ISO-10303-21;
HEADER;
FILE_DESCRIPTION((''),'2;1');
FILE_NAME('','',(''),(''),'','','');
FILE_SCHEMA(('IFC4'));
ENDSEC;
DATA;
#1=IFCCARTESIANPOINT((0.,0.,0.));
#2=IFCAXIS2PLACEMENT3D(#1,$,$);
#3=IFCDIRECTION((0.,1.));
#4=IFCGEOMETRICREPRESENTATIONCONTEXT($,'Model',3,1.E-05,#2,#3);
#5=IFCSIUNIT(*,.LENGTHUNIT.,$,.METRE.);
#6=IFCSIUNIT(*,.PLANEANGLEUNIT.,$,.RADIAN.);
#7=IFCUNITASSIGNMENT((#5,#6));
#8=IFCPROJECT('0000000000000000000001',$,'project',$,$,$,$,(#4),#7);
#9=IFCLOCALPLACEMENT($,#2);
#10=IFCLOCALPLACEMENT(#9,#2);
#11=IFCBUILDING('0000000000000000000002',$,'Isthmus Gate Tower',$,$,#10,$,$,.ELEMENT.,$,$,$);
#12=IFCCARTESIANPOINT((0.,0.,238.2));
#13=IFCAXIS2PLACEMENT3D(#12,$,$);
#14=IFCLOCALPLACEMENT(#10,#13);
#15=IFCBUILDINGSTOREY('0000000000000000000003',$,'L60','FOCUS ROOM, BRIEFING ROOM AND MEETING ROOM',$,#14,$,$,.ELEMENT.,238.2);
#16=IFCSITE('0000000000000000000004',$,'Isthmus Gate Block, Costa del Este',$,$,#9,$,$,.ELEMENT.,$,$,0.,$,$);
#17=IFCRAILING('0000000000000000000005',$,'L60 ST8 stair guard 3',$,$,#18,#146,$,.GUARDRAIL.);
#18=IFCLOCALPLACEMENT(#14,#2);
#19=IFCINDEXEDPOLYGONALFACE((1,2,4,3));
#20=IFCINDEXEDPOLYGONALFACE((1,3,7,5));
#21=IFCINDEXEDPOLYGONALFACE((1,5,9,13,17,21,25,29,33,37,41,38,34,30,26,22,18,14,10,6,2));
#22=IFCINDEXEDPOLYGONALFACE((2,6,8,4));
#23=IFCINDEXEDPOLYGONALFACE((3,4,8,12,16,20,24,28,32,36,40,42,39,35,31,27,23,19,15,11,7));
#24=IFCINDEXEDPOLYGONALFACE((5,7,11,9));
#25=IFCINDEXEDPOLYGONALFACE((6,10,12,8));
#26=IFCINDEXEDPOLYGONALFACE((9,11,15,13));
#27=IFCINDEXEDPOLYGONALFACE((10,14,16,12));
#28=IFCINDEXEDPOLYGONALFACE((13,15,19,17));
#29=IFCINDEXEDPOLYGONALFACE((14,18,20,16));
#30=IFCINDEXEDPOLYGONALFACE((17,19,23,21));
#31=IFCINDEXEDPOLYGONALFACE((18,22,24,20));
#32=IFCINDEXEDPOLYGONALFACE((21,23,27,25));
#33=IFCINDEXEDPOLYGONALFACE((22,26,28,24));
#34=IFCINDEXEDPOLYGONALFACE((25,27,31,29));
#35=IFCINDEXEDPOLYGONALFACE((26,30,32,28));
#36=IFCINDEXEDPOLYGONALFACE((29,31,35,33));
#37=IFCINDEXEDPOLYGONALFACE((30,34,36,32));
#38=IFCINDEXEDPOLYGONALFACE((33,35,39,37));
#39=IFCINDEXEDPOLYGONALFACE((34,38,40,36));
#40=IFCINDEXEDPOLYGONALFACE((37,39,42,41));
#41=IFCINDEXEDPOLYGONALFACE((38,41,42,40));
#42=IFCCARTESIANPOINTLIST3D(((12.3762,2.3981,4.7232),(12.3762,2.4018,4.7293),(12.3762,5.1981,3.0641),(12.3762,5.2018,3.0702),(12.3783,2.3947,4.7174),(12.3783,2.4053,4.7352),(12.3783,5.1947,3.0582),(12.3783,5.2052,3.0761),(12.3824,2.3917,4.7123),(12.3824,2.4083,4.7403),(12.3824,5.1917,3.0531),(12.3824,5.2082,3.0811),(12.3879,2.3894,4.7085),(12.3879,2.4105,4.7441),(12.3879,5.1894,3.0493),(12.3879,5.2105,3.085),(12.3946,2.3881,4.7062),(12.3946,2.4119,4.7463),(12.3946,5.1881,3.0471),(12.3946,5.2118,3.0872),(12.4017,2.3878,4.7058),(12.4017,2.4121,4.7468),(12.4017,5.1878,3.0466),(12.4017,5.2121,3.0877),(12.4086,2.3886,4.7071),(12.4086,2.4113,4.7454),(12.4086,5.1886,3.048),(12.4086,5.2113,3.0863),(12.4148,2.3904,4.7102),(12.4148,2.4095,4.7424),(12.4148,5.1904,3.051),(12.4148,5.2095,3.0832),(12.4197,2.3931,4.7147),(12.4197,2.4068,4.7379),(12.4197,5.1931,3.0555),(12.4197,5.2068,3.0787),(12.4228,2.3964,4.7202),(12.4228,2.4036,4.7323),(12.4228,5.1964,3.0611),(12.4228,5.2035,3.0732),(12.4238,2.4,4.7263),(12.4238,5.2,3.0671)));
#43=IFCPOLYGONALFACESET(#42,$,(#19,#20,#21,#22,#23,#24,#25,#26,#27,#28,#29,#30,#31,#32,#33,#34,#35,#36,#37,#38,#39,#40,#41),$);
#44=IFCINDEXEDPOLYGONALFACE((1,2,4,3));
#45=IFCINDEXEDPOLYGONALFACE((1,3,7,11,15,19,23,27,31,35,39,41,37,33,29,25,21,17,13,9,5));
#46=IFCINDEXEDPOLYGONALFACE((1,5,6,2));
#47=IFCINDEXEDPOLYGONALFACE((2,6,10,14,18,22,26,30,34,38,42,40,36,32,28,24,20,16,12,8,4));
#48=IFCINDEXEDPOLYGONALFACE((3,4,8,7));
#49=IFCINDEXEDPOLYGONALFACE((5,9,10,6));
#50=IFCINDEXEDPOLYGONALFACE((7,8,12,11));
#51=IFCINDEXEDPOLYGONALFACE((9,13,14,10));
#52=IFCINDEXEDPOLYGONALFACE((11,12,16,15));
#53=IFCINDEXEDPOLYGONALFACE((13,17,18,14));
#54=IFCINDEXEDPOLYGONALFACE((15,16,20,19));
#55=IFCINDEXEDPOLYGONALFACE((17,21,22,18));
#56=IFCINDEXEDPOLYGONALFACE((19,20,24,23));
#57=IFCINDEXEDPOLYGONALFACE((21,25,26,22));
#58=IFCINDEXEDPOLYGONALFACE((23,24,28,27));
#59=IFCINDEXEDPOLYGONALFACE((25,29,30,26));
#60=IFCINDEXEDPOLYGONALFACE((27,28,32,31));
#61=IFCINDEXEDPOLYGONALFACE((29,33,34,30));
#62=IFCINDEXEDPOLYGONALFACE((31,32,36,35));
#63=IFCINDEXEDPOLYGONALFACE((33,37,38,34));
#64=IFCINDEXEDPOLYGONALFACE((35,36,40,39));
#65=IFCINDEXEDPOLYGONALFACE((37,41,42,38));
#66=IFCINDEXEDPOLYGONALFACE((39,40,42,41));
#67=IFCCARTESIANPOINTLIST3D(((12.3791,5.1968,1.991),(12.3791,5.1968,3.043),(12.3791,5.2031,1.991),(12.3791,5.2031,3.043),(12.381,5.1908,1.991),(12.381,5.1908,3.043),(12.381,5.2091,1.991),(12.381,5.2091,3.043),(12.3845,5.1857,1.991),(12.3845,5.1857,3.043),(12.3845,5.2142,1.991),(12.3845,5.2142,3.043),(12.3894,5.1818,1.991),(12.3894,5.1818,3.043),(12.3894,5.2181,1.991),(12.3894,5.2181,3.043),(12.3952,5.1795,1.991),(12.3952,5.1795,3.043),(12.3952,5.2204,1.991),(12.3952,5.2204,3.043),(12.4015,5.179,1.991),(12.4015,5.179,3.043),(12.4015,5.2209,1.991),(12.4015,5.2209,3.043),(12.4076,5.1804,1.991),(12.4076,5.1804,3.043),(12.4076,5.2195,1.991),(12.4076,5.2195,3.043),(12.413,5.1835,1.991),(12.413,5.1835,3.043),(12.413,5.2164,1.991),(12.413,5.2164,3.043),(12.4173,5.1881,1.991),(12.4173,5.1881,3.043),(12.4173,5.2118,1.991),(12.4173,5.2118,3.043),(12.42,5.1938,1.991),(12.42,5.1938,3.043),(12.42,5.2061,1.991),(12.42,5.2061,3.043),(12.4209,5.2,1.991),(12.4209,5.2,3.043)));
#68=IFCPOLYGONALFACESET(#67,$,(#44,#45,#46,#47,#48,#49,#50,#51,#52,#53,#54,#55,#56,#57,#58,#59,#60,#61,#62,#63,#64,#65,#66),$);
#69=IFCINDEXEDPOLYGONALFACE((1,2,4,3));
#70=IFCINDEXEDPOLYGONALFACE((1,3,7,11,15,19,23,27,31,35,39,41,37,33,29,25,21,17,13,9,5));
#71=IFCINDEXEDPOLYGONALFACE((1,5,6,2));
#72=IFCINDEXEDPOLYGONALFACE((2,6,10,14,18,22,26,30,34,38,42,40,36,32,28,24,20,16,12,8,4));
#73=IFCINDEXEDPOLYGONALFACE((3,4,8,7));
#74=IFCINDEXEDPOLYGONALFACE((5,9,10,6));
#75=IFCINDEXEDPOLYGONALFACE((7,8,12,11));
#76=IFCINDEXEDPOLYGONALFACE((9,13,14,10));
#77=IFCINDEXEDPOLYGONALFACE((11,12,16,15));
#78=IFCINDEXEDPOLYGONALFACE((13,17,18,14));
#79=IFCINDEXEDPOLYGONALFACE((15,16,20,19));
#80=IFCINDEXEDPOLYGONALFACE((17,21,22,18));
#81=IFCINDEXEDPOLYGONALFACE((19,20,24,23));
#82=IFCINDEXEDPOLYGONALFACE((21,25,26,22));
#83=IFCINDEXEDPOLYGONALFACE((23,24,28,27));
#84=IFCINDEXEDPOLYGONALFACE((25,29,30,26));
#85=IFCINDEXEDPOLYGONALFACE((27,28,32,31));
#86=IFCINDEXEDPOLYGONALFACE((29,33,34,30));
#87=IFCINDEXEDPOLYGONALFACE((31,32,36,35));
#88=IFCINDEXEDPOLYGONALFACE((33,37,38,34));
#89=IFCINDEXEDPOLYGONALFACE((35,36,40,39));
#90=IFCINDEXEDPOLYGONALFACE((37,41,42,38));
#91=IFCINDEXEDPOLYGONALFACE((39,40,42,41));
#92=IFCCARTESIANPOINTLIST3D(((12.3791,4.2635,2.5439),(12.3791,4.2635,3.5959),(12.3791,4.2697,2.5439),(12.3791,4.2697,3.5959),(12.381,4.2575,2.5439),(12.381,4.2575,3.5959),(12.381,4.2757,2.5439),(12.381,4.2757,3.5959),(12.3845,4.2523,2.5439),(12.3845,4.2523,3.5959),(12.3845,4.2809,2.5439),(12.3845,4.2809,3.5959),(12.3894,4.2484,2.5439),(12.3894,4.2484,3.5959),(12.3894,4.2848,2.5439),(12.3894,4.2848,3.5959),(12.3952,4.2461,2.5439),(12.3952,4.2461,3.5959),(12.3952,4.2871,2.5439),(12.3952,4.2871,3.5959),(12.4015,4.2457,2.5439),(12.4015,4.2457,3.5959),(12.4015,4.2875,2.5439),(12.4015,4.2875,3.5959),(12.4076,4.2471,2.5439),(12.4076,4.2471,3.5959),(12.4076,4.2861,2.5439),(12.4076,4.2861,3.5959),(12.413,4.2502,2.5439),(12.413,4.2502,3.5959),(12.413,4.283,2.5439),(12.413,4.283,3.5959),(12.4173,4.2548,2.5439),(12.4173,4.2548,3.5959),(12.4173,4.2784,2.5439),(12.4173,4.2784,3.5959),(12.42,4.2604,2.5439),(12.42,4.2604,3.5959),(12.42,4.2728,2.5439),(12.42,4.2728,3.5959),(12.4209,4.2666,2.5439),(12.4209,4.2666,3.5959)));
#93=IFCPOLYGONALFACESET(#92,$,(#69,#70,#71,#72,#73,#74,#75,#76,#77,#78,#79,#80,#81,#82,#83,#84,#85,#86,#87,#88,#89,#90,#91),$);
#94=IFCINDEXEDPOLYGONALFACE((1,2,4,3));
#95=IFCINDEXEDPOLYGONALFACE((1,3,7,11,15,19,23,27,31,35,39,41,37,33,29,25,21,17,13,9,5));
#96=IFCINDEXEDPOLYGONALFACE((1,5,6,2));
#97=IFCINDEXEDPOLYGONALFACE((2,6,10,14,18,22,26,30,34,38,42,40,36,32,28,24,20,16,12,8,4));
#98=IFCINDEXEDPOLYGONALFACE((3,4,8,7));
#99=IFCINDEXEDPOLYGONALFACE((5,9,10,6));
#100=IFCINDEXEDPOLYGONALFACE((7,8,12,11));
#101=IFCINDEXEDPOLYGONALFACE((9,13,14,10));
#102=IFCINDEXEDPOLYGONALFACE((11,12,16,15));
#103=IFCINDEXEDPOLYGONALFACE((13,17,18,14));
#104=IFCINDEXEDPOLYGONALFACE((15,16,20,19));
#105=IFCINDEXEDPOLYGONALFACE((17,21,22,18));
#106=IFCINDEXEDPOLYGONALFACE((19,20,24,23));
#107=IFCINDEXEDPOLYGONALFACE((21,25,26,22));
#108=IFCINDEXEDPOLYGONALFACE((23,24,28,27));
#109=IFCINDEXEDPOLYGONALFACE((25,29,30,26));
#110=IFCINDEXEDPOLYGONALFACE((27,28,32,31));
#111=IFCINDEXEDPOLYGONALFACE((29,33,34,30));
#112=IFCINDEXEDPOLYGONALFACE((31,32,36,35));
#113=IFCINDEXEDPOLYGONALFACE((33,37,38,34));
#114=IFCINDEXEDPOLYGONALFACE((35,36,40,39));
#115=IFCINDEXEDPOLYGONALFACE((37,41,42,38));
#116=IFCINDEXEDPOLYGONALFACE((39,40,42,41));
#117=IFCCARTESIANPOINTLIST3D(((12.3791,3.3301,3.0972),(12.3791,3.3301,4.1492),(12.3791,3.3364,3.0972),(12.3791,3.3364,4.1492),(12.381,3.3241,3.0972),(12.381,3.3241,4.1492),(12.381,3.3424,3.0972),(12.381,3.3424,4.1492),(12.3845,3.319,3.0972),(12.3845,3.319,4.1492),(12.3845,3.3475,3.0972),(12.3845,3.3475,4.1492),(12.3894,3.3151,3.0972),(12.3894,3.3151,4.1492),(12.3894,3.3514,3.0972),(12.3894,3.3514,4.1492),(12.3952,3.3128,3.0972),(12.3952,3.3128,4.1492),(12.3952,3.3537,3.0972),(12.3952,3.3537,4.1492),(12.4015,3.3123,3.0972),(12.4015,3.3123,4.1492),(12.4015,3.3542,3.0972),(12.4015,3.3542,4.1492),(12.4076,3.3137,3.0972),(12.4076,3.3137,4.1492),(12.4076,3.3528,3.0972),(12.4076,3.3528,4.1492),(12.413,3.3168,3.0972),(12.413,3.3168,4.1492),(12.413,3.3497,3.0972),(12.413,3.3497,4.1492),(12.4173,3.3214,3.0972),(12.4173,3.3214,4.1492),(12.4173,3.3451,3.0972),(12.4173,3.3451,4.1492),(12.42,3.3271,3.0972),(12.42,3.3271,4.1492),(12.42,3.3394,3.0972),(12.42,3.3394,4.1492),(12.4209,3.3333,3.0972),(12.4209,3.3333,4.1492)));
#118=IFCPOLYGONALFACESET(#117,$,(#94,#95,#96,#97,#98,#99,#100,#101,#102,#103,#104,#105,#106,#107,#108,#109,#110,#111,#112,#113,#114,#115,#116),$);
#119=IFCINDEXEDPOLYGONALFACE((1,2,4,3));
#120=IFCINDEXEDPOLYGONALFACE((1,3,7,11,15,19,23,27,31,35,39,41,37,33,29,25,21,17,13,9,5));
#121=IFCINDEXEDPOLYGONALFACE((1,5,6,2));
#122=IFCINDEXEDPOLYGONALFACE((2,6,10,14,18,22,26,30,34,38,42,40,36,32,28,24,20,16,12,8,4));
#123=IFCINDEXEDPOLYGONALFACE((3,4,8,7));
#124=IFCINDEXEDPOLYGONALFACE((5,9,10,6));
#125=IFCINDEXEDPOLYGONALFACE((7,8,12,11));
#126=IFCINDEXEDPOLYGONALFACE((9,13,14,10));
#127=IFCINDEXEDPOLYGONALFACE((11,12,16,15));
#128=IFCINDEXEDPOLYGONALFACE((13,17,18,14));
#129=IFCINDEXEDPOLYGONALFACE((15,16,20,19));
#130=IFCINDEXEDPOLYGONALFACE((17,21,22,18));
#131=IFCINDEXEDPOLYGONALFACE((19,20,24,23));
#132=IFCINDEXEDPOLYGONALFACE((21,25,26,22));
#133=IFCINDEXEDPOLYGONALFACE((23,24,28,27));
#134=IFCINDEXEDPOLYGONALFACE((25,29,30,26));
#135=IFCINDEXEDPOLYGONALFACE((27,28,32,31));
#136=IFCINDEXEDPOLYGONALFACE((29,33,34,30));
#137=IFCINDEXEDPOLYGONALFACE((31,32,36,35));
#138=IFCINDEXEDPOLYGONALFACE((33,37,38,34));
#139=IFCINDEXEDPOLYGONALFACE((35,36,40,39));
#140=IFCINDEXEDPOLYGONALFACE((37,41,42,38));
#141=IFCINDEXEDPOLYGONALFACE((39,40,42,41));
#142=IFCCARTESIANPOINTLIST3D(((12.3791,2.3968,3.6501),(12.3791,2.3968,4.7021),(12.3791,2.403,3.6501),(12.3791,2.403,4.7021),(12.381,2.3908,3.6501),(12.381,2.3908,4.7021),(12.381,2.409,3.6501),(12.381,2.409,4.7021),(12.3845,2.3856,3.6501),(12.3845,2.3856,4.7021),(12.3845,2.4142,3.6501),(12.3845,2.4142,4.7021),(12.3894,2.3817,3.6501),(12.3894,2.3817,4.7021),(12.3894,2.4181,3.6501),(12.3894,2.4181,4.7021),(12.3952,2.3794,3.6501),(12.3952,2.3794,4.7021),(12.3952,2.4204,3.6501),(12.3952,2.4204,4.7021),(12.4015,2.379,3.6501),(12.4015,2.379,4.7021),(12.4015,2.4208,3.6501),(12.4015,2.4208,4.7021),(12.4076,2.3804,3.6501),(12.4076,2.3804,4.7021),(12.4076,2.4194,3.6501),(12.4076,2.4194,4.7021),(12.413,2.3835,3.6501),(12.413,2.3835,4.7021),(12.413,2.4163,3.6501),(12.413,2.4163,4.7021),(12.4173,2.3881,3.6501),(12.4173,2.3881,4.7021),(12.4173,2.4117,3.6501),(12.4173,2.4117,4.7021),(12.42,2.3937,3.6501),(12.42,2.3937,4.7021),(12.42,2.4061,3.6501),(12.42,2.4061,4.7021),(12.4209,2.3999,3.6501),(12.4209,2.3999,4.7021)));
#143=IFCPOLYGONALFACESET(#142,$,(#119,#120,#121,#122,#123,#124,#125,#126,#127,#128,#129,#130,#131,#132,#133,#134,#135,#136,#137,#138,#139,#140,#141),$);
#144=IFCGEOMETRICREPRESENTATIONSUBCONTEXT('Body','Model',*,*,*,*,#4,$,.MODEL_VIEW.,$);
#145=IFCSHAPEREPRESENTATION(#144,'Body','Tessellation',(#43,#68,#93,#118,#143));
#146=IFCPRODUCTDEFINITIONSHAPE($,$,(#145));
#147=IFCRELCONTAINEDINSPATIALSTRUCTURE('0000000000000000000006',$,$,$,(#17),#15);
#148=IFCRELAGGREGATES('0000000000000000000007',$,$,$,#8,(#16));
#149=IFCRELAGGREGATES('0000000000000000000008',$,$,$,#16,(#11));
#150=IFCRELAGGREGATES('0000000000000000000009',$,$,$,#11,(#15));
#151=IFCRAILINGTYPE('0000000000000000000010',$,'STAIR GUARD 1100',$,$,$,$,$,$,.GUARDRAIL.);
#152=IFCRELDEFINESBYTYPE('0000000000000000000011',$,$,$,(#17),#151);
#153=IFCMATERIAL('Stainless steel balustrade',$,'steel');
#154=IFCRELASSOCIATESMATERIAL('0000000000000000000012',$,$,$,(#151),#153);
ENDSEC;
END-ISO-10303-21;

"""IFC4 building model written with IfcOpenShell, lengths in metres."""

from ifc_helpers import new_model, si_unit, direction, frame, origin, origin_2d, place, context, subcontext, project, spatial, circle, extrude, material, type_object, element, save


model = new_model("IFC4")

# Units and contexts
model_context = context("Model", 3, precision=1e-05, world=origin(), true_north=direction((0.0, 1.0)))
body_context = subcontext(model_context, "Body", "Model", "MODEL_VIEW")
ifc_project = project(units=[si_unit("LENGTHUNIT", "METRE"), si_unit("PLANEANGLEUNIT", "RADIAN")], contexts=[model_context])

# Site, building, storey
site_placement = place(None, origin())
site = spatial("IfcSite", under=ifc_project, at=site_placement, Name="Isthmus Gate Block, Costa del Este", CompositionType="ELEMENT", RefElevation=0.0)
building_placement = place(site_placement, origin())
building = spatial("IfcBuilding", under=site, at=building_placement, Name="Isthmus Gate Tower", CompositionType="ELEMENT")
storey_placement = place(building_placement, frame((0.0, 0.0, 238.2)))
storey = spatial("IfcBuildingStorey", under=building, at=storey_placement, Name="L60", Description="FOCUS ROOM, BRIEFING ROOM AND MEETING ROOM", CompositionType="ELEMENT", Elevation=238.2)

# Railing
ifc_material_1 = material(Name="Stainless steel balustrade", Category="steel")
railing_type_1 = type_object("IfcRailingType", Name="STAIR GUARD 1100", PredefinedType="GUARDRAIL", material=ifc_material_1)
railing_1_placement = place(storey_placement, frame((12.3999, 5.2, 1.991)))
element("IfcRailing", 1, at=railing_1_placement, inside=storey, type_object=railing_type_1, Name="L60 ST8 stair guard 3", PredefinedType="GUARDRAIL", context=body_context, shape_type="SweptSolid", body=[
    extrude(circle(Radius=0.0239, at=origin_2d()), frame((0.0, 0.0, 1.0762), z_axis=(0.0, -0.860306, 0.509778), x_axis=(1.0, 0.0, 0.0)), (0.0, 0.0, 1.0), 3.2546),
    extrude(circle(Radius=0.021, at=origin_2d()), origin(), (0.0, 0.0, 1.0), 1.052),
    extrude(circle(Radius=0.021, at=origin_2d()), frame((0.0, -0.9333, 0.553)), (0.0, 0.0, 1.0), 1.052),
    extrude(circle(Radius=0.021, at=origin_2d()), frame((0.0, -1.8667, 1.1062)), (0.0, 0.0, 1.0), 1.052),
    extrude(circle(Radius=0.021, at=origin_2d()), frame((0.0, -2.8, 1.6592)), (0.0, 0.0, 1.0), 1.052),
])

save(model, "model.ifc")
